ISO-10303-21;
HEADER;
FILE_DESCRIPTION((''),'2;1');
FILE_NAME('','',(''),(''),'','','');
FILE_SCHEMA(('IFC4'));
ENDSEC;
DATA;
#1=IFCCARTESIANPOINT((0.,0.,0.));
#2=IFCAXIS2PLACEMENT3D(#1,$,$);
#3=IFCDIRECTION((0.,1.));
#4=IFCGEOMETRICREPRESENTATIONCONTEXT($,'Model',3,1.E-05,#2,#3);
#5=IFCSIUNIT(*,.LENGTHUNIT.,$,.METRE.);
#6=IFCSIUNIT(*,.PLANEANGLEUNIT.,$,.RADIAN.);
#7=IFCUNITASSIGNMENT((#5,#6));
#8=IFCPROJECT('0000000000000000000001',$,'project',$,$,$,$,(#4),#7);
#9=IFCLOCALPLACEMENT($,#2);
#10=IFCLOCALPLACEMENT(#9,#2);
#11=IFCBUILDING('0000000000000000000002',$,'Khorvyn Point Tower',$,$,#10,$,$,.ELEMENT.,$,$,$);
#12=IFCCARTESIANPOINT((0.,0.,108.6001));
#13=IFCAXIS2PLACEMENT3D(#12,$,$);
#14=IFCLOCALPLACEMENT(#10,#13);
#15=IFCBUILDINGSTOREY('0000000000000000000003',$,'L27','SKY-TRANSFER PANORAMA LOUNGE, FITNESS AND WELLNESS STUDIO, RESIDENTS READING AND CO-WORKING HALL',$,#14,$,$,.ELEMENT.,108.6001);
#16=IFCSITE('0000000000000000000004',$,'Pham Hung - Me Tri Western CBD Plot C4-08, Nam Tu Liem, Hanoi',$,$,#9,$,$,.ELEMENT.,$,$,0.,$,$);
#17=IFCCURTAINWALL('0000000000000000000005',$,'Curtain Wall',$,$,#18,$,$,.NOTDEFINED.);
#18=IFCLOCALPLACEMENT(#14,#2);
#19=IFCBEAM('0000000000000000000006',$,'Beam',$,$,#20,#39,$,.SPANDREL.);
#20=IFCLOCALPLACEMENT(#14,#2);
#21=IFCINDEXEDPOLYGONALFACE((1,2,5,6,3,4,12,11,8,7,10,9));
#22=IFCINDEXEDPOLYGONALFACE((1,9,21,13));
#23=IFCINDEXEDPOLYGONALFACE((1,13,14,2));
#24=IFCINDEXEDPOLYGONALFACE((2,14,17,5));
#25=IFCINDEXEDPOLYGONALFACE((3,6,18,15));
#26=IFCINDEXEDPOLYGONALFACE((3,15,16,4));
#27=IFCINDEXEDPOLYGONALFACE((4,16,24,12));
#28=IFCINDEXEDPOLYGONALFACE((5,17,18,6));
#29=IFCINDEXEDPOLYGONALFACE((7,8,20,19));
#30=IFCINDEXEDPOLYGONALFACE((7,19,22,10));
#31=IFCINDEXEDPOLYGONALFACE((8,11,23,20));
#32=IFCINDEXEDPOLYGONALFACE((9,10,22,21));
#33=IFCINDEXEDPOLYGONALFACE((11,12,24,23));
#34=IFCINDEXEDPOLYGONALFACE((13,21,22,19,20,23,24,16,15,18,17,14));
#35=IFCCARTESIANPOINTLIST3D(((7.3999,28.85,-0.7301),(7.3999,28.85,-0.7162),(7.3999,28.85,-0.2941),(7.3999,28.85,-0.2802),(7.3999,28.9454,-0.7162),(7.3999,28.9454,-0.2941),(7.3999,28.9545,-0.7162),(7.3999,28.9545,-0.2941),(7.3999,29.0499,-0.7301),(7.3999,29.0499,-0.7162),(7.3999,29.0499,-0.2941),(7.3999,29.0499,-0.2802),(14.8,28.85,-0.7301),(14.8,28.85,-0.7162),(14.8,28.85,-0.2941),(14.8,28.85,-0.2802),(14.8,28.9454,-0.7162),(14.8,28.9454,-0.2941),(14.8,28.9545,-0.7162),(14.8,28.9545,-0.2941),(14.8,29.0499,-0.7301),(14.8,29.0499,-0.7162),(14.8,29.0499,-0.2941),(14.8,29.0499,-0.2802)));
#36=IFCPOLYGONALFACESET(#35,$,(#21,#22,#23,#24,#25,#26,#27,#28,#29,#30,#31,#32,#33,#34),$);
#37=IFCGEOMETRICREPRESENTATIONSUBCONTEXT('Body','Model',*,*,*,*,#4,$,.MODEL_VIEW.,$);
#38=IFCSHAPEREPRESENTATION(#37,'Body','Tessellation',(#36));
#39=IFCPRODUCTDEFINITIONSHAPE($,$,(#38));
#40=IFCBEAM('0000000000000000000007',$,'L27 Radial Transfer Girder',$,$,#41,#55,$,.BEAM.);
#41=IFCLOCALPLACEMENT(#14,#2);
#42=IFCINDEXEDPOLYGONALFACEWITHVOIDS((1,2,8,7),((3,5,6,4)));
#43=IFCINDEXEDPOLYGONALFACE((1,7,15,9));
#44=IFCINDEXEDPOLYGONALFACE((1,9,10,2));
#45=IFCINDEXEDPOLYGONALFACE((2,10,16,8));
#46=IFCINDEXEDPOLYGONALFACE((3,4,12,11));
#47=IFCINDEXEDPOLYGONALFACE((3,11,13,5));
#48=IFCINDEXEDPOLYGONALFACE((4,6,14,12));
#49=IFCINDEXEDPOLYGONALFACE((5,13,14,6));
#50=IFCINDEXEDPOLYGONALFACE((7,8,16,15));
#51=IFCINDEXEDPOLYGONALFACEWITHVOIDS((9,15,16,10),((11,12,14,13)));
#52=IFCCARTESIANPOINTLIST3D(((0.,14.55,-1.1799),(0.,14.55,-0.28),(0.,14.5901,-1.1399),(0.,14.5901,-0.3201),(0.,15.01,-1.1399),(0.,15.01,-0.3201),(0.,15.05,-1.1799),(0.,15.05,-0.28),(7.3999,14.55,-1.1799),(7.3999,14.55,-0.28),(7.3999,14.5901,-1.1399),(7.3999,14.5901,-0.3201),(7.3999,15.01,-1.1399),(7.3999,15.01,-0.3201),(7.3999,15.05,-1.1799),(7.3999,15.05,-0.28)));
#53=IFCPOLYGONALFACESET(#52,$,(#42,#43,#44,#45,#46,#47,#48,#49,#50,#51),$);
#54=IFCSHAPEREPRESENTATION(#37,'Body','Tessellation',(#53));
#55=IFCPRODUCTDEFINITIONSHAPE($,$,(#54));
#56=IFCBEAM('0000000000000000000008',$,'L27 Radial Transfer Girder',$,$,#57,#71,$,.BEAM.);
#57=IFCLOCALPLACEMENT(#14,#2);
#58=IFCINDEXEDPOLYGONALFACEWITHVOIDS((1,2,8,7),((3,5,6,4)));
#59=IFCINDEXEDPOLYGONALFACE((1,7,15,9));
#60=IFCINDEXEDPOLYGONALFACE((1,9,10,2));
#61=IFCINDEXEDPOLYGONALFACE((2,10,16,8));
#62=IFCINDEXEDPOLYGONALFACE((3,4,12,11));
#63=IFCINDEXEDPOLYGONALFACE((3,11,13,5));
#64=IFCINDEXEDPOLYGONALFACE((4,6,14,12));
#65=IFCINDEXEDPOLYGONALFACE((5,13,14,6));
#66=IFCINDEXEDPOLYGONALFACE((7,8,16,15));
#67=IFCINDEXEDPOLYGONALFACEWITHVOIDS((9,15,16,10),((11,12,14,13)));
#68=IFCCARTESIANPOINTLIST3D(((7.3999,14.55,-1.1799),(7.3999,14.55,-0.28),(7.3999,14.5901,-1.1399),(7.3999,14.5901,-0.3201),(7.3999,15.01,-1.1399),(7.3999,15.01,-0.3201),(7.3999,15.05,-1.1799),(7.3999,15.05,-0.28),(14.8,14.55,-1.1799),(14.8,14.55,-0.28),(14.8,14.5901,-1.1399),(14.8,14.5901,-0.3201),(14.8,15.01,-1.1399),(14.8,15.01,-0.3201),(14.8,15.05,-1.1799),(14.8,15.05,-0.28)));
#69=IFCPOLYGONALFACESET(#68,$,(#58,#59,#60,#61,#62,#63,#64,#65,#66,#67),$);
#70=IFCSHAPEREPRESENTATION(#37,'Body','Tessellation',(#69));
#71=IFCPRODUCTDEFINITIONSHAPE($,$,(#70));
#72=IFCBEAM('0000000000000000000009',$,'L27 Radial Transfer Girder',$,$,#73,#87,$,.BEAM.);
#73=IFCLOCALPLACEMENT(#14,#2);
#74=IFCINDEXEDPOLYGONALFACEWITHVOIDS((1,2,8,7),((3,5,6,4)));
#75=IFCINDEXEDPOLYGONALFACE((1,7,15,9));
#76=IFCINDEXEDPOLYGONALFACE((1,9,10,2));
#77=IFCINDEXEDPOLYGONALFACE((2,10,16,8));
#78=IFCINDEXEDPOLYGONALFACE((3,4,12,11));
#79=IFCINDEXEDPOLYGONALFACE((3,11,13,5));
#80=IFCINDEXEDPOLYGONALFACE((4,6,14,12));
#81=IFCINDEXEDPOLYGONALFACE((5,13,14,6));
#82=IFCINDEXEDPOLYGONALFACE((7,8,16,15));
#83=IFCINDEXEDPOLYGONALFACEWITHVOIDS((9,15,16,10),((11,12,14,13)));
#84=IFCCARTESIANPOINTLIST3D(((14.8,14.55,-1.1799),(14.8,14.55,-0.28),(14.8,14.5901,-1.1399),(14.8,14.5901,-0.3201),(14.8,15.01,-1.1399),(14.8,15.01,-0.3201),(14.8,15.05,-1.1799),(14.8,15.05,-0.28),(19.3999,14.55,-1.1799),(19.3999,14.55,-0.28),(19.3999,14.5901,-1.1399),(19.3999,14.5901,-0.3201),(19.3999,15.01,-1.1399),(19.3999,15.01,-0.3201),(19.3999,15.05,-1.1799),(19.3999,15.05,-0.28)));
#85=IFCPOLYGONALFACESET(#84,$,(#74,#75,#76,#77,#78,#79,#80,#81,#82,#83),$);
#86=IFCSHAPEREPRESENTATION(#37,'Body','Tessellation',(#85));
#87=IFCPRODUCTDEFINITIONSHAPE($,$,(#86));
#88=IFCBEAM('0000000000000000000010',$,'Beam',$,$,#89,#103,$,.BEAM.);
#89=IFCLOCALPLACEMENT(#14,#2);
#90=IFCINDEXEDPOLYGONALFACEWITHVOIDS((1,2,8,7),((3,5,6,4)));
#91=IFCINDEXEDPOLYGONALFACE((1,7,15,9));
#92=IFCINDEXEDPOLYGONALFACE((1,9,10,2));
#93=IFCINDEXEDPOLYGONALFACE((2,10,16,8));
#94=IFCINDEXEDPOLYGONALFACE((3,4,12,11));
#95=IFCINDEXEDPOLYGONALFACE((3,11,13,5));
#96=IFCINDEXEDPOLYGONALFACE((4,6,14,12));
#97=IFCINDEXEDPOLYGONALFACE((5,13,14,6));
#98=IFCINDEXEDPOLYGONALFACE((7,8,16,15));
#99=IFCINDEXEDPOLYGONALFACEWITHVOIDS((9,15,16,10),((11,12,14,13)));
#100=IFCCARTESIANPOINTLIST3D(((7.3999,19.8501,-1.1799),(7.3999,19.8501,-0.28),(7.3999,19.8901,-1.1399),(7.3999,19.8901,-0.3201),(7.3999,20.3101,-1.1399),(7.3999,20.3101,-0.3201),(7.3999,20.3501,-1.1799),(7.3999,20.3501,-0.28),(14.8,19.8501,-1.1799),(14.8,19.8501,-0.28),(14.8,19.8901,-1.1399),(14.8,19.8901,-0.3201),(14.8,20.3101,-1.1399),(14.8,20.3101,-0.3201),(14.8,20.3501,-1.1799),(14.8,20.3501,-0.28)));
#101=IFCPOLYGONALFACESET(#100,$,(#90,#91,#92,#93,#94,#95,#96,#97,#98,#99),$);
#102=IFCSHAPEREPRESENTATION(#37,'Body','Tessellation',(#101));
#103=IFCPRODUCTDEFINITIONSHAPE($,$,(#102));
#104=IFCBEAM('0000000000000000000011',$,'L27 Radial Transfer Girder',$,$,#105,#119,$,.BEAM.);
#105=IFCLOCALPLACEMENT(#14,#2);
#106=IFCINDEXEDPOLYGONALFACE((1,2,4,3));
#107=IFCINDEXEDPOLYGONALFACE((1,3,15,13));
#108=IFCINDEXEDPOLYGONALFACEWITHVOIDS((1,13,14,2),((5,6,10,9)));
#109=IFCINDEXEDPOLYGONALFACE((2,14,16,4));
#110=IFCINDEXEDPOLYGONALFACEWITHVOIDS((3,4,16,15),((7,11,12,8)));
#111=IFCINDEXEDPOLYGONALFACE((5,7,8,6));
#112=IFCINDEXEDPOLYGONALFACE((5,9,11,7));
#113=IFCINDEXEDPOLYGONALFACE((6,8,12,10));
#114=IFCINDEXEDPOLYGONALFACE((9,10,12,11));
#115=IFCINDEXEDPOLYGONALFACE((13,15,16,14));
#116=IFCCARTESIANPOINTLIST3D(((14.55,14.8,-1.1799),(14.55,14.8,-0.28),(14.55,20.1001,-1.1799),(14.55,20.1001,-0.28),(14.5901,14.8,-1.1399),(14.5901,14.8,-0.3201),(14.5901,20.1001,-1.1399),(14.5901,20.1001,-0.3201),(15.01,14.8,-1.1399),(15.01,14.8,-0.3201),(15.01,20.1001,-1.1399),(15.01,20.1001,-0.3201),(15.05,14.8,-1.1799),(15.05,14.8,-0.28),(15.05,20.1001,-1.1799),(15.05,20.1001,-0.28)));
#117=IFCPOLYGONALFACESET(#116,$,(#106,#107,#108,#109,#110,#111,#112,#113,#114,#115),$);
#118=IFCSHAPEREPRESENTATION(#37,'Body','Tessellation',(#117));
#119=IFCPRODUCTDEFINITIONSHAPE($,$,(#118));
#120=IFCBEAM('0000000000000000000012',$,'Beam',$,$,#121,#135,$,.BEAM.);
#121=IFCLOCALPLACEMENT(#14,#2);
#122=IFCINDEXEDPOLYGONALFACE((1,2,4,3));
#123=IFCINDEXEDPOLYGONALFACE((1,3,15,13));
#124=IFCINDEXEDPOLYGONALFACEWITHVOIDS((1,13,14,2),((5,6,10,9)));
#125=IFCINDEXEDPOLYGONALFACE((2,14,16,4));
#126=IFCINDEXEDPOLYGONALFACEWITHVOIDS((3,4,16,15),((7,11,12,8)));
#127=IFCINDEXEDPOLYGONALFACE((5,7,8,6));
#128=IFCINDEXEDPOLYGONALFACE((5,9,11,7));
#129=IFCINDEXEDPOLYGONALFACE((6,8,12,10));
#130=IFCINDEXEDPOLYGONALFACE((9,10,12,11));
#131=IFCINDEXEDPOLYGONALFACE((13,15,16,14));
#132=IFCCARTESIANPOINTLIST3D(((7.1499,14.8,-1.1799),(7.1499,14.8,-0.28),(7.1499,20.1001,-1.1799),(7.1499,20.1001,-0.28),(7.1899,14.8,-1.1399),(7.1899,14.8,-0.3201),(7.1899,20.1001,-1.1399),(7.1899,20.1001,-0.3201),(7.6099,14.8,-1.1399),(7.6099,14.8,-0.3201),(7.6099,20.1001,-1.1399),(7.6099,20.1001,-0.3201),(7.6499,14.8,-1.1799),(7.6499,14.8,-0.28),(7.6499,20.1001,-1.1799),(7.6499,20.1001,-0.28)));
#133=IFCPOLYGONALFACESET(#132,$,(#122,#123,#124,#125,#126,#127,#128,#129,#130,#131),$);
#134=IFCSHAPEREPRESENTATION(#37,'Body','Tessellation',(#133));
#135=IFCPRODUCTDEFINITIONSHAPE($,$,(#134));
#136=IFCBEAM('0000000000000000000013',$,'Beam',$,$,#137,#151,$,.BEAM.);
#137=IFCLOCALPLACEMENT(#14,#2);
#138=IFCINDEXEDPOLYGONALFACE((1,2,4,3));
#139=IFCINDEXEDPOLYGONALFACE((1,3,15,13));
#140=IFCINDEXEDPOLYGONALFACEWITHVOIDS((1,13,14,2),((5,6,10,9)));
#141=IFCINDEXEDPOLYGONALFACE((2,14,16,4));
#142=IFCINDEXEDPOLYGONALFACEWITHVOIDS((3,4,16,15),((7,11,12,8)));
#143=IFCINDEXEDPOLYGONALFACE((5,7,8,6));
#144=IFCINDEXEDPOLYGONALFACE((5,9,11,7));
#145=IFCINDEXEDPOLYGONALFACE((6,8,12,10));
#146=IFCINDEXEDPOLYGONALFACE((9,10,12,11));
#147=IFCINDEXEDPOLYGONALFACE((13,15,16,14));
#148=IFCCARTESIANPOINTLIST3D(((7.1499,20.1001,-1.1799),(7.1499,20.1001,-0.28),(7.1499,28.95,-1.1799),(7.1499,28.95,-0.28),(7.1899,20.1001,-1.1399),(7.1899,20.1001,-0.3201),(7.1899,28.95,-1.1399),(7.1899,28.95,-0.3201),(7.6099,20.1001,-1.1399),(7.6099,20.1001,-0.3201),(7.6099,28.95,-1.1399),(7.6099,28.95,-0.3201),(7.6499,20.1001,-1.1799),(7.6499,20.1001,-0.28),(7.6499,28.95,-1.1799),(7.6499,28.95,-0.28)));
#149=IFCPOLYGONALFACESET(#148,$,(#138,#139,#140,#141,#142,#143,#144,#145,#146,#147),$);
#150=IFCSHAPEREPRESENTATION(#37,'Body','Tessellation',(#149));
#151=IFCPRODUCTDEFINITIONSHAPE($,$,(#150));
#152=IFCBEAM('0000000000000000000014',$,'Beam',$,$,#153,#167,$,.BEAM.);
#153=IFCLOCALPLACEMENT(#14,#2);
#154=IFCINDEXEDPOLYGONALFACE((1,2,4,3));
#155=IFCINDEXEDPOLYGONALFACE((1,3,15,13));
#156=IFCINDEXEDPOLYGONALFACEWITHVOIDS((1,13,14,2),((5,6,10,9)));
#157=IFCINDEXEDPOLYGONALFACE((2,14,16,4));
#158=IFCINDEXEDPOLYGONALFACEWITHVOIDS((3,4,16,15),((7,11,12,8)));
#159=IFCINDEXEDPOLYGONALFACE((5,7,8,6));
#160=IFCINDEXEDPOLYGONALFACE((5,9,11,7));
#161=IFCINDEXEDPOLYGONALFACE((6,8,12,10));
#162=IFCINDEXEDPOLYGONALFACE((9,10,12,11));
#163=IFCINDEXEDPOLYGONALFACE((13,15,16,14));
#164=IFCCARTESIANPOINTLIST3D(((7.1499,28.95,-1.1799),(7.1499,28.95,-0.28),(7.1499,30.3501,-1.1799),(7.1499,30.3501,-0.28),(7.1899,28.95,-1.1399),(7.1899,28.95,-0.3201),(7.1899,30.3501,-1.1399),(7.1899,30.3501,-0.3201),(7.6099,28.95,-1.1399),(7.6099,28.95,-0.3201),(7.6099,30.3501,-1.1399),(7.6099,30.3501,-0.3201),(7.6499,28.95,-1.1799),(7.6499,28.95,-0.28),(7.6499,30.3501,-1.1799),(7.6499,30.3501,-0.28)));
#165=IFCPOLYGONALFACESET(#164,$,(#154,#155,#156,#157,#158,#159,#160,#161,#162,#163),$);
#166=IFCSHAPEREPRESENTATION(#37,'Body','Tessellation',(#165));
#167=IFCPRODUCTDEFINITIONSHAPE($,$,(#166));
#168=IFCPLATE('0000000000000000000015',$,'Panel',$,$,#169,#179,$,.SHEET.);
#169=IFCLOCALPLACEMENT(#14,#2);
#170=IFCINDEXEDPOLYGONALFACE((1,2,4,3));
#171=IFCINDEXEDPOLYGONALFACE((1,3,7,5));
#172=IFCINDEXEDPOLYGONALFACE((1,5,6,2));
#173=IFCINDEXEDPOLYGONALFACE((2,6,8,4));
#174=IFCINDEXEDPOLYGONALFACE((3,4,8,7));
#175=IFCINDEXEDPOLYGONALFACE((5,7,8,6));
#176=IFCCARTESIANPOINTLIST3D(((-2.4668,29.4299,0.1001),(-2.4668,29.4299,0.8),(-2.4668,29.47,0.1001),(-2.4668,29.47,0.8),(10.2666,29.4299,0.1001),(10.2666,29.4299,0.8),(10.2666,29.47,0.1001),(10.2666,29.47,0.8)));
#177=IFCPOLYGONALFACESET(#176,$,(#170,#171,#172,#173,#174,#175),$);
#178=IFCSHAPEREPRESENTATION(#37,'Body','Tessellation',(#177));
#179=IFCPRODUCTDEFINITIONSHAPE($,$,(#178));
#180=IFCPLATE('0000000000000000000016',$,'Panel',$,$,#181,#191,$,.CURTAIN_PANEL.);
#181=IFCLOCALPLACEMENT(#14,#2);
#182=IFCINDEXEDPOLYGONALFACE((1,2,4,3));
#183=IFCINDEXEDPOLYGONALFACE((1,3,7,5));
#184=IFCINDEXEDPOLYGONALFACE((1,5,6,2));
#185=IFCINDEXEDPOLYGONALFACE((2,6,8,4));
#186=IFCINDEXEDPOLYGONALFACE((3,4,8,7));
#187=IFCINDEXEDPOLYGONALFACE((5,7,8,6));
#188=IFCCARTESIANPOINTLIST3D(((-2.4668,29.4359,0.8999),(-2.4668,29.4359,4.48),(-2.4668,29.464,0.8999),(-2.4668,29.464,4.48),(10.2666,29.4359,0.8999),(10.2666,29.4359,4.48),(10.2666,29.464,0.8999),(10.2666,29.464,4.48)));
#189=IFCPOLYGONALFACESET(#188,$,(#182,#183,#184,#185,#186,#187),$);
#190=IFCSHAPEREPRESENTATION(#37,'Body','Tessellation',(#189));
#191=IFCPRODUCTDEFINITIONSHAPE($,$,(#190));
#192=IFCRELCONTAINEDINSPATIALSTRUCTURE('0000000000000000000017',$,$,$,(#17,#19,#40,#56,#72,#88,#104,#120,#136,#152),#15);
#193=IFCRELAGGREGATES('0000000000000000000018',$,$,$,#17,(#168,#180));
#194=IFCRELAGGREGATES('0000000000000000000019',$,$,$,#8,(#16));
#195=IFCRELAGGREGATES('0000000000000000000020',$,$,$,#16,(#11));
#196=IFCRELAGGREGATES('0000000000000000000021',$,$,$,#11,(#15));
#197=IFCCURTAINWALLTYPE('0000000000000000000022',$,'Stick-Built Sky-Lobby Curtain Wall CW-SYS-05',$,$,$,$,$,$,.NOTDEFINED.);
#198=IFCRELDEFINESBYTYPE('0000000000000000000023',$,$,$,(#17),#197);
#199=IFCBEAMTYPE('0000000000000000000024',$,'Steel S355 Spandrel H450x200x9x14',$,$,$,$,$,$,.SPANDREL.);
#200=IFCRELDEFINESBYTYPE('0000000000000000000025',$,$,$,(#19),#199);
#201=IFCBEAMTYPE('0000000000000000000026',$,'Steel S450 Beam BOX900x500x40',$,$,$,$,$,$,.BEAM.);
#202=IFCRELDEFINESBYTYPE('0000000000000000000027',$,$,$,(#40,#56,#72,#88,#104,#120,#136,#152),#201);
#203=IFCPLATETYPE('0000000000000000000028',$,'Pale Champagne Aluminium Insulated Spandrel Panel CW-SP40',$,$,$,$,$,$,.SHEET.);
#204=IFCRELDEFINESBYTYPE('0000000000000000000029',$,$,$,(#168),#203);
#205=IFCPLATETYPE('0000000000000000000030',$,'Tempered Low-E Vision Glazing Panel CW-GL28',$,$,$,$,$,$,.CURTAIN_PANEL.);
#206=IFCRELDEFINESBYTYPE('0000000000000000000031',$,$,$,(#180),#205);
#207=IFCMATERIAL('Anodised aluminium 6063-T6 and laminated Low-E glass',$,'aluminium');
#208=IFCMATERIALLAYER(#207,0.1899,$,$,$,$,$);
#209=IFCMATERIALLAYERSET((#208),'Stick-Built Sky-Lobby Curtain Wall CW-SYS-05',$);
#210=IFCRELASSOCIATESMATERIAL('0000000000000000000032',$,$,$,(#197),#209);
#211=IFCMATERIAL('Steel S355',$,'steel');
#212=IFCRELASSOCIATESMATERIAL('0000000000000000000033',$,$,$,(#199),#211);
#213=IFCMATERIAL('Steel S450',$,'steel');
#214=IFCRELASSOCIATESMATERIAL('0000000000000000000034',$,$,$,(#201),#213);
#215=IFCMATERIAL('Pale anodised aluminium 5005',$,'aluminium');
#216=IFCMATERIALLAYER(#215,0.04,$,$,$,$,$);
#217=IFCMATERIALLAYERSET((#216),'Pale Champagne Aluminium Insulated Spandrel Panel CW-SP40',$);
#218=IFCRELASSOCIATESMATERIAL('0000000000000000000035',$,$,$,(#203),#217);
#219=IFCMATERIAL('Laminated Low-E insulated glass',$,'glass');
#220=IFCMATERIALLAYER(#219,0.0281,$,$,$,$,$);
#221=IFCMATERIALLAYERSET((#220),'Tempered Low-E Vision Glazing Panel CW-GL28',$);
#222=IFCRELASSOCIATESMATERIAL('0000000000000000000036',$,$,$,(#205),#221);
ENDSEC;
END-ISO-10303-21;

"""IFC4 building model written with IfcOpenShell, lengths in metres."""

from ifc_helpers import new_model, si_unit, direction, frame, origin, origin_2d, place, context, subcontext, project, spatial, rectangle, hollow_rectangle, i_section, extrude, material, layer, layer_set, material_profile, profile_set, type_object, element, aggregate, save


model = new_model("IFC4")

# Units and contexts
model_context = context("Model", 3, precision=1e-05, world=origin(), true_north=direction((0.0, 1.0)))
body_context = subcontext(model_context, "Body", "Model", "MODEL_VIEW")
ifc_project = project(units=[si_unit("LENGTHUNIT", "METRE"), si_unit("PLANEANGLEUNIT", "RADIAN")], contexts=[model_context])

# Site, building, storey
site_placement = place(None, origin())
site = spatial("IfcSite", under=ifc_project, at=site_placement, Name="Pham Hung - Me Tri Western CBD Plot C4-08, Nam Tu Liem, Hanoi", CompositionType="ELEMENT", RefElevation=0.0)
building_placement = place(site_placement, origin())
building = spatial("IfcBuilding", under=site, at=building_placement, Name="Khorvyn Point Tower", CompositionType="ELEMENT")
storey_placement = place(building_placement, frame((0.0, 0.0, 108.6001)))
storey = spatial("IfcBuildingStorey", under=building, at=storey_placement, Name="L27", Description="SKY-TRANSFER PANORAMA LOUNGE, FITNESS AND WELLNESS STUDIO, RESIDENTS READING AND CO-WORKING HALL", CompositionType="ELEMENT", Elevation=108.6001)

# Shared definitions
ifc_material_1 = material(Name="Steel S450", Category="steel")

# Curtain wall
ifc_material_2 = material(Name="Anodised aluminium 6063-T6 and laminated Low-E glass", Category="aluminium")
ifc_layer_1 = layer(ifc_material_2, 0.1899)
ifc_layer_set_1 = layer_set([ifc_layer_1], Name="Stick-Built Sky-Lobby Curtain Wall CW-SYS-05")
curtain_wall_type = type_object("IfcCurtainWallType", Name="Stick-Built Sky-Lobby Curtain Wall CW-SYS-05", PredefinedType="NOTDEFINED", material=ifc_layer_set_1)
curtain_wall_placement = place(storey_placement, origin())
curtain_wall = element("IfcCurtainWall", 1, at=curtain_wall_placement, inside=storey, type_object=curtain_wall_type, Name="Curtain Wall", PredefinedType="NOTDEFINED")

# Beams
ifc_material_3 = material(Name="Steel S355", Category="steel")
ifc_material_profile_1 = material_profile(ifc_material_3, i_section(OverallWidth=0.2, OverallDepth=0.45, WebThickness=0.009, FlangeThickness=0.0139, at=origin_2d()))
ifc_profile_set_1 = profile_set([ifc_material_profile_1], Name="Steel S355 H450x200x9x14")
beam_type_1 = type_object("IfcBeamType", Name="Steel S355 Spandrel H450x200x9x14", PredefinedType="SPANDREL", material=ifc_profile_set_1)
beam_1_placement = place(storey_placement, frame((7.3999, 28.95, -0.5051), z_axis=(1.0, 0.0, 0.0), x_axis=(0.0, 1.0, 0.0)))
element("IfcBeam", 2, at=beam_1_placement, inside=storey, type_object=beam_type_1, Name="Beam", PredefinedType="SPANDREL", context=body_context, shape_type="SweptSolid", body=[
    extrude(i_section(OverallWidth=0.2, OverallDepth=0.45, WebThickness=0.009, FlangeThickness=0.0139, at=origin_2d()), origin(), (0.0, 0.0, 1.0), 7.4001),
])
ifc_material_profile_2 = material_profile(ifc_material_1, hollow_rectangle(XDim=0.5, YDim=0.8999, WallThickness=0.04, at=origin_2d()))
ifc_profile_set_2 = profile_set([ifc_material_profile_2], Name="Steel S450 BOX900x500x40")
beam_type_2 = type_object("IfcBeamType", Name="Steel S450 Beam BOX900x500x40", PredefinedType="BEAM", material=ifc_profile_set_2)
beam_2_placement = place(storey_placement, frame((0.0, 14.8, -0.73), z_axis=(1.0, 0.0, 0.0), x_axis=(0.0, 1.0, 0.0)))
element("IfcBeam", 3, at=beam_2_placement, inside=storey, type_object=beam_type_2, Name="L27 Radial Transfer Girder", PredefinedType="BEAM", context=body_context, shape_type="SweptSolid", body=[
    extrude(hollow_rectangle(XDim=0.5, YDim=0.8999, WallThickness=0.04, at=origin_2d()), origin(), (0.0, 0.0, 1.0), 7.3999),
])
beam_3_placement = place(storey_placement, frame((7.3999, 14.8, -0.73), z_axis=(1.0, 0.0, 0.0), x_axis=(0.0, 1.0, 0.0)))
element("IfcBeam", 4, at=beam_3_placement, inside=storey, type_object=beam_type_2, Name="L27 Radial Transfer Girder", PredefinedType="BEAM", context=body_context, shape_type="SweptSolid", body=[
    extrude(hollow_rectangle(XDim=0.5, YDim=0.8999, WallThickness=0.04, at=origin_2d()), origin(), (0.0, 0.0, 1.0), 7.4001),
])
beam_4_placement = place(storey_placement, frame((14.8, 14.8, -0.73), z_axis=(1.0, 0.0, 0.0), x_axis=(0.0, 1.0, 0.0)))
element("IfcBeam", 5, at=beam_4_placement, inside=storey, type_object=beam_type_2, Name="L27 Radial Transfer Girder", PredefinedType="BEAM", context=body_context, shape_type="SweptSolid", body=[
    extrude(hollow_rectangle(XDim=0.5, YDim=0.8999, WallThickness=0.04, at=origin_2d()), origin(), (0.0, 0.0, 1.0), 4.5999),
])
beam_5_placement = place(storey_placement, frame((7.3999, 20.1001, -0.73), z_axis=(1.0, 0.0, 0.0), x_axis=(0.0, 1.0, 0.0)))
element("IfcBeam", 6, at=beam_5_placement, inside=storey, type_object=beam_type_2, Name="Beam", PredefinedType="BEAM", context=body_context, shape_type="SweptSolid", body=[
    extrude(hollow_rectangle(XDim=0.5, YDim=0.8999, WallThickness=0.04, at=origin_2d()), origin(), (0.0, 0.0, 1.0), 7.4001),
])
for number, where, z_axis, x_axis, name in (
    (7, (14.8, 14.8, -0.73), (0.0, 1.0, 0.0), (-1.0, 0.0, 0.0), "L27 Radial Transfer Girder"),
    (8, (7.3999, 14.8, -0.73), (0.0, 1.0, 0.0), (-1.0, 0.0, 0.0), "Beam"),
):
    element("IfcBeam", number, at=place(storey_placement, frame(where, z_axis=z_axis, x_axis=x_axis)), inside=storey, type_object=beam_type_2, Name=name, PredefinedType="BEAM", context=body_context, shape_type="SweptSolid", body=[
        extrude(hollow_rectangle(XDim=0.5, YDim=0.8999, WallThickness=0.04, at=origin_2d()), origin(), (0.0, 0.0, 1.0), 5.3),
    ])
beam_6_placement = place(storey_placement, frame((7.3999, 20.1001, -0.73), z_axis=(0.0, 1.0, 0.0), x_axis=(-1.0, 0.0, 0.0)))
element("IfcBeam", 9, at=beam_6_placement, inside=storey, type_object=beam_type_2, Name="Beam", PredefinedType="BEAM", context=body_context, shape_type="SweptSolid", body=[
    extrude(hollow_rectangle(XDim=0.5, YDim=0.8999, WallThickness=0.04, at=origin_2d()), origin(), (0.0, 0.0, 1.0), 8.8499),
])
beam_7_placement = place(storey_placement, frame((7.3999, 28.95, -0.73), z_axis=(0.0, 1.0, 0.0), x_axis=(-1.0, 0.0, 0.0)))
element("IfcBeam", 10, at=beam_7_placement, inside=storey, type_object=beam_type_2, Name="Beam", PredefinedType="BEAM", context=body_context, shape_type="SweptSolid", body=[
    extrude(hollow_rectangle(XDim=0.5, YDim=0.8999, WallThickness=0.04, at=origin_2d()), origin(), (0.0, 0.0, 1.0), 1.4001),
])

# Plates
ifc_material_4 = material(Name="Pale anodised aluminium 5005", Category="aluminium")
ifc_layer_2 = layer(ifc_material_4, 0.04)
ifc_layer_set_2 = layer_set([ifc_layer_2], Name="Pale Champagne Aluminium Insulated Spandrel Panel CW-SP40")
plate_type_1 = type_object("IfcPlateType", Name="Pale Champagne Aluminium Insulated Spandrel Panel CW-SP40", PredefinedType="SHEET", material=ifc_layer_set_2)
plate_1_placement = place(storey_placement, frame((3.8999, 29.45, 0.1001), z_axis=(0.0, 0.0, 1.0), x_axis=(1.0, 0.0, 0.0)))
plate_1 = element("IfcPlate", 11, at=plate_1_placement, type_object=plate_type_1, Name="Panel", PredefinedType="SHEET", context=body_context, shape_type="SweptSolid", body=[
    extrude(rectangle(XDim=12.7334, YDim=0.04, at=origin_2d()), origin(), (0.0, 0.0, 1.0), 0.7),
])
ifc_material_5 = material(Name="Laminated Low-E insulated glass", Category="glass")
ifc_layer_3 = layer(ifc_material_5, 0.0281)
ifc_layer_set_3 = layer_set([ifc_layer_3], Name="Tempered Low-E Vision Glazing Panel CW-GL28")
plate_type_2 = type_object("IfcPlateType", Name="Tempered Low-E Vision Glazing Panel CW-GL28", PredefinedType="CURTAIN_PANEL", material=ifc_layer_set_3)
plate_2_placement = place(storey_placement, frame((3.8999, 29.45, 0.8999), z_axis=(0.0, 0.0, 1.0), x_axis=(1.0, 0.0, 0.0)))
plate_2 = element("IfcPlate", 12, at=plate_2_placement, type_object=plate_type_2, Name="Panel", PredefinedType="CURTAIN_PANEL", context=body_context, shape_type="SweptSolid", body=[
    extrude(rectangle(XDim=12.7334, YDim=0.0281, at=origin_2d()), origin(), (0.0, 0.0, 1.0), 3.5801),
])
aggregate(curtain_wall, [plate_1, plate_2])

save(model, "model.ifc")
